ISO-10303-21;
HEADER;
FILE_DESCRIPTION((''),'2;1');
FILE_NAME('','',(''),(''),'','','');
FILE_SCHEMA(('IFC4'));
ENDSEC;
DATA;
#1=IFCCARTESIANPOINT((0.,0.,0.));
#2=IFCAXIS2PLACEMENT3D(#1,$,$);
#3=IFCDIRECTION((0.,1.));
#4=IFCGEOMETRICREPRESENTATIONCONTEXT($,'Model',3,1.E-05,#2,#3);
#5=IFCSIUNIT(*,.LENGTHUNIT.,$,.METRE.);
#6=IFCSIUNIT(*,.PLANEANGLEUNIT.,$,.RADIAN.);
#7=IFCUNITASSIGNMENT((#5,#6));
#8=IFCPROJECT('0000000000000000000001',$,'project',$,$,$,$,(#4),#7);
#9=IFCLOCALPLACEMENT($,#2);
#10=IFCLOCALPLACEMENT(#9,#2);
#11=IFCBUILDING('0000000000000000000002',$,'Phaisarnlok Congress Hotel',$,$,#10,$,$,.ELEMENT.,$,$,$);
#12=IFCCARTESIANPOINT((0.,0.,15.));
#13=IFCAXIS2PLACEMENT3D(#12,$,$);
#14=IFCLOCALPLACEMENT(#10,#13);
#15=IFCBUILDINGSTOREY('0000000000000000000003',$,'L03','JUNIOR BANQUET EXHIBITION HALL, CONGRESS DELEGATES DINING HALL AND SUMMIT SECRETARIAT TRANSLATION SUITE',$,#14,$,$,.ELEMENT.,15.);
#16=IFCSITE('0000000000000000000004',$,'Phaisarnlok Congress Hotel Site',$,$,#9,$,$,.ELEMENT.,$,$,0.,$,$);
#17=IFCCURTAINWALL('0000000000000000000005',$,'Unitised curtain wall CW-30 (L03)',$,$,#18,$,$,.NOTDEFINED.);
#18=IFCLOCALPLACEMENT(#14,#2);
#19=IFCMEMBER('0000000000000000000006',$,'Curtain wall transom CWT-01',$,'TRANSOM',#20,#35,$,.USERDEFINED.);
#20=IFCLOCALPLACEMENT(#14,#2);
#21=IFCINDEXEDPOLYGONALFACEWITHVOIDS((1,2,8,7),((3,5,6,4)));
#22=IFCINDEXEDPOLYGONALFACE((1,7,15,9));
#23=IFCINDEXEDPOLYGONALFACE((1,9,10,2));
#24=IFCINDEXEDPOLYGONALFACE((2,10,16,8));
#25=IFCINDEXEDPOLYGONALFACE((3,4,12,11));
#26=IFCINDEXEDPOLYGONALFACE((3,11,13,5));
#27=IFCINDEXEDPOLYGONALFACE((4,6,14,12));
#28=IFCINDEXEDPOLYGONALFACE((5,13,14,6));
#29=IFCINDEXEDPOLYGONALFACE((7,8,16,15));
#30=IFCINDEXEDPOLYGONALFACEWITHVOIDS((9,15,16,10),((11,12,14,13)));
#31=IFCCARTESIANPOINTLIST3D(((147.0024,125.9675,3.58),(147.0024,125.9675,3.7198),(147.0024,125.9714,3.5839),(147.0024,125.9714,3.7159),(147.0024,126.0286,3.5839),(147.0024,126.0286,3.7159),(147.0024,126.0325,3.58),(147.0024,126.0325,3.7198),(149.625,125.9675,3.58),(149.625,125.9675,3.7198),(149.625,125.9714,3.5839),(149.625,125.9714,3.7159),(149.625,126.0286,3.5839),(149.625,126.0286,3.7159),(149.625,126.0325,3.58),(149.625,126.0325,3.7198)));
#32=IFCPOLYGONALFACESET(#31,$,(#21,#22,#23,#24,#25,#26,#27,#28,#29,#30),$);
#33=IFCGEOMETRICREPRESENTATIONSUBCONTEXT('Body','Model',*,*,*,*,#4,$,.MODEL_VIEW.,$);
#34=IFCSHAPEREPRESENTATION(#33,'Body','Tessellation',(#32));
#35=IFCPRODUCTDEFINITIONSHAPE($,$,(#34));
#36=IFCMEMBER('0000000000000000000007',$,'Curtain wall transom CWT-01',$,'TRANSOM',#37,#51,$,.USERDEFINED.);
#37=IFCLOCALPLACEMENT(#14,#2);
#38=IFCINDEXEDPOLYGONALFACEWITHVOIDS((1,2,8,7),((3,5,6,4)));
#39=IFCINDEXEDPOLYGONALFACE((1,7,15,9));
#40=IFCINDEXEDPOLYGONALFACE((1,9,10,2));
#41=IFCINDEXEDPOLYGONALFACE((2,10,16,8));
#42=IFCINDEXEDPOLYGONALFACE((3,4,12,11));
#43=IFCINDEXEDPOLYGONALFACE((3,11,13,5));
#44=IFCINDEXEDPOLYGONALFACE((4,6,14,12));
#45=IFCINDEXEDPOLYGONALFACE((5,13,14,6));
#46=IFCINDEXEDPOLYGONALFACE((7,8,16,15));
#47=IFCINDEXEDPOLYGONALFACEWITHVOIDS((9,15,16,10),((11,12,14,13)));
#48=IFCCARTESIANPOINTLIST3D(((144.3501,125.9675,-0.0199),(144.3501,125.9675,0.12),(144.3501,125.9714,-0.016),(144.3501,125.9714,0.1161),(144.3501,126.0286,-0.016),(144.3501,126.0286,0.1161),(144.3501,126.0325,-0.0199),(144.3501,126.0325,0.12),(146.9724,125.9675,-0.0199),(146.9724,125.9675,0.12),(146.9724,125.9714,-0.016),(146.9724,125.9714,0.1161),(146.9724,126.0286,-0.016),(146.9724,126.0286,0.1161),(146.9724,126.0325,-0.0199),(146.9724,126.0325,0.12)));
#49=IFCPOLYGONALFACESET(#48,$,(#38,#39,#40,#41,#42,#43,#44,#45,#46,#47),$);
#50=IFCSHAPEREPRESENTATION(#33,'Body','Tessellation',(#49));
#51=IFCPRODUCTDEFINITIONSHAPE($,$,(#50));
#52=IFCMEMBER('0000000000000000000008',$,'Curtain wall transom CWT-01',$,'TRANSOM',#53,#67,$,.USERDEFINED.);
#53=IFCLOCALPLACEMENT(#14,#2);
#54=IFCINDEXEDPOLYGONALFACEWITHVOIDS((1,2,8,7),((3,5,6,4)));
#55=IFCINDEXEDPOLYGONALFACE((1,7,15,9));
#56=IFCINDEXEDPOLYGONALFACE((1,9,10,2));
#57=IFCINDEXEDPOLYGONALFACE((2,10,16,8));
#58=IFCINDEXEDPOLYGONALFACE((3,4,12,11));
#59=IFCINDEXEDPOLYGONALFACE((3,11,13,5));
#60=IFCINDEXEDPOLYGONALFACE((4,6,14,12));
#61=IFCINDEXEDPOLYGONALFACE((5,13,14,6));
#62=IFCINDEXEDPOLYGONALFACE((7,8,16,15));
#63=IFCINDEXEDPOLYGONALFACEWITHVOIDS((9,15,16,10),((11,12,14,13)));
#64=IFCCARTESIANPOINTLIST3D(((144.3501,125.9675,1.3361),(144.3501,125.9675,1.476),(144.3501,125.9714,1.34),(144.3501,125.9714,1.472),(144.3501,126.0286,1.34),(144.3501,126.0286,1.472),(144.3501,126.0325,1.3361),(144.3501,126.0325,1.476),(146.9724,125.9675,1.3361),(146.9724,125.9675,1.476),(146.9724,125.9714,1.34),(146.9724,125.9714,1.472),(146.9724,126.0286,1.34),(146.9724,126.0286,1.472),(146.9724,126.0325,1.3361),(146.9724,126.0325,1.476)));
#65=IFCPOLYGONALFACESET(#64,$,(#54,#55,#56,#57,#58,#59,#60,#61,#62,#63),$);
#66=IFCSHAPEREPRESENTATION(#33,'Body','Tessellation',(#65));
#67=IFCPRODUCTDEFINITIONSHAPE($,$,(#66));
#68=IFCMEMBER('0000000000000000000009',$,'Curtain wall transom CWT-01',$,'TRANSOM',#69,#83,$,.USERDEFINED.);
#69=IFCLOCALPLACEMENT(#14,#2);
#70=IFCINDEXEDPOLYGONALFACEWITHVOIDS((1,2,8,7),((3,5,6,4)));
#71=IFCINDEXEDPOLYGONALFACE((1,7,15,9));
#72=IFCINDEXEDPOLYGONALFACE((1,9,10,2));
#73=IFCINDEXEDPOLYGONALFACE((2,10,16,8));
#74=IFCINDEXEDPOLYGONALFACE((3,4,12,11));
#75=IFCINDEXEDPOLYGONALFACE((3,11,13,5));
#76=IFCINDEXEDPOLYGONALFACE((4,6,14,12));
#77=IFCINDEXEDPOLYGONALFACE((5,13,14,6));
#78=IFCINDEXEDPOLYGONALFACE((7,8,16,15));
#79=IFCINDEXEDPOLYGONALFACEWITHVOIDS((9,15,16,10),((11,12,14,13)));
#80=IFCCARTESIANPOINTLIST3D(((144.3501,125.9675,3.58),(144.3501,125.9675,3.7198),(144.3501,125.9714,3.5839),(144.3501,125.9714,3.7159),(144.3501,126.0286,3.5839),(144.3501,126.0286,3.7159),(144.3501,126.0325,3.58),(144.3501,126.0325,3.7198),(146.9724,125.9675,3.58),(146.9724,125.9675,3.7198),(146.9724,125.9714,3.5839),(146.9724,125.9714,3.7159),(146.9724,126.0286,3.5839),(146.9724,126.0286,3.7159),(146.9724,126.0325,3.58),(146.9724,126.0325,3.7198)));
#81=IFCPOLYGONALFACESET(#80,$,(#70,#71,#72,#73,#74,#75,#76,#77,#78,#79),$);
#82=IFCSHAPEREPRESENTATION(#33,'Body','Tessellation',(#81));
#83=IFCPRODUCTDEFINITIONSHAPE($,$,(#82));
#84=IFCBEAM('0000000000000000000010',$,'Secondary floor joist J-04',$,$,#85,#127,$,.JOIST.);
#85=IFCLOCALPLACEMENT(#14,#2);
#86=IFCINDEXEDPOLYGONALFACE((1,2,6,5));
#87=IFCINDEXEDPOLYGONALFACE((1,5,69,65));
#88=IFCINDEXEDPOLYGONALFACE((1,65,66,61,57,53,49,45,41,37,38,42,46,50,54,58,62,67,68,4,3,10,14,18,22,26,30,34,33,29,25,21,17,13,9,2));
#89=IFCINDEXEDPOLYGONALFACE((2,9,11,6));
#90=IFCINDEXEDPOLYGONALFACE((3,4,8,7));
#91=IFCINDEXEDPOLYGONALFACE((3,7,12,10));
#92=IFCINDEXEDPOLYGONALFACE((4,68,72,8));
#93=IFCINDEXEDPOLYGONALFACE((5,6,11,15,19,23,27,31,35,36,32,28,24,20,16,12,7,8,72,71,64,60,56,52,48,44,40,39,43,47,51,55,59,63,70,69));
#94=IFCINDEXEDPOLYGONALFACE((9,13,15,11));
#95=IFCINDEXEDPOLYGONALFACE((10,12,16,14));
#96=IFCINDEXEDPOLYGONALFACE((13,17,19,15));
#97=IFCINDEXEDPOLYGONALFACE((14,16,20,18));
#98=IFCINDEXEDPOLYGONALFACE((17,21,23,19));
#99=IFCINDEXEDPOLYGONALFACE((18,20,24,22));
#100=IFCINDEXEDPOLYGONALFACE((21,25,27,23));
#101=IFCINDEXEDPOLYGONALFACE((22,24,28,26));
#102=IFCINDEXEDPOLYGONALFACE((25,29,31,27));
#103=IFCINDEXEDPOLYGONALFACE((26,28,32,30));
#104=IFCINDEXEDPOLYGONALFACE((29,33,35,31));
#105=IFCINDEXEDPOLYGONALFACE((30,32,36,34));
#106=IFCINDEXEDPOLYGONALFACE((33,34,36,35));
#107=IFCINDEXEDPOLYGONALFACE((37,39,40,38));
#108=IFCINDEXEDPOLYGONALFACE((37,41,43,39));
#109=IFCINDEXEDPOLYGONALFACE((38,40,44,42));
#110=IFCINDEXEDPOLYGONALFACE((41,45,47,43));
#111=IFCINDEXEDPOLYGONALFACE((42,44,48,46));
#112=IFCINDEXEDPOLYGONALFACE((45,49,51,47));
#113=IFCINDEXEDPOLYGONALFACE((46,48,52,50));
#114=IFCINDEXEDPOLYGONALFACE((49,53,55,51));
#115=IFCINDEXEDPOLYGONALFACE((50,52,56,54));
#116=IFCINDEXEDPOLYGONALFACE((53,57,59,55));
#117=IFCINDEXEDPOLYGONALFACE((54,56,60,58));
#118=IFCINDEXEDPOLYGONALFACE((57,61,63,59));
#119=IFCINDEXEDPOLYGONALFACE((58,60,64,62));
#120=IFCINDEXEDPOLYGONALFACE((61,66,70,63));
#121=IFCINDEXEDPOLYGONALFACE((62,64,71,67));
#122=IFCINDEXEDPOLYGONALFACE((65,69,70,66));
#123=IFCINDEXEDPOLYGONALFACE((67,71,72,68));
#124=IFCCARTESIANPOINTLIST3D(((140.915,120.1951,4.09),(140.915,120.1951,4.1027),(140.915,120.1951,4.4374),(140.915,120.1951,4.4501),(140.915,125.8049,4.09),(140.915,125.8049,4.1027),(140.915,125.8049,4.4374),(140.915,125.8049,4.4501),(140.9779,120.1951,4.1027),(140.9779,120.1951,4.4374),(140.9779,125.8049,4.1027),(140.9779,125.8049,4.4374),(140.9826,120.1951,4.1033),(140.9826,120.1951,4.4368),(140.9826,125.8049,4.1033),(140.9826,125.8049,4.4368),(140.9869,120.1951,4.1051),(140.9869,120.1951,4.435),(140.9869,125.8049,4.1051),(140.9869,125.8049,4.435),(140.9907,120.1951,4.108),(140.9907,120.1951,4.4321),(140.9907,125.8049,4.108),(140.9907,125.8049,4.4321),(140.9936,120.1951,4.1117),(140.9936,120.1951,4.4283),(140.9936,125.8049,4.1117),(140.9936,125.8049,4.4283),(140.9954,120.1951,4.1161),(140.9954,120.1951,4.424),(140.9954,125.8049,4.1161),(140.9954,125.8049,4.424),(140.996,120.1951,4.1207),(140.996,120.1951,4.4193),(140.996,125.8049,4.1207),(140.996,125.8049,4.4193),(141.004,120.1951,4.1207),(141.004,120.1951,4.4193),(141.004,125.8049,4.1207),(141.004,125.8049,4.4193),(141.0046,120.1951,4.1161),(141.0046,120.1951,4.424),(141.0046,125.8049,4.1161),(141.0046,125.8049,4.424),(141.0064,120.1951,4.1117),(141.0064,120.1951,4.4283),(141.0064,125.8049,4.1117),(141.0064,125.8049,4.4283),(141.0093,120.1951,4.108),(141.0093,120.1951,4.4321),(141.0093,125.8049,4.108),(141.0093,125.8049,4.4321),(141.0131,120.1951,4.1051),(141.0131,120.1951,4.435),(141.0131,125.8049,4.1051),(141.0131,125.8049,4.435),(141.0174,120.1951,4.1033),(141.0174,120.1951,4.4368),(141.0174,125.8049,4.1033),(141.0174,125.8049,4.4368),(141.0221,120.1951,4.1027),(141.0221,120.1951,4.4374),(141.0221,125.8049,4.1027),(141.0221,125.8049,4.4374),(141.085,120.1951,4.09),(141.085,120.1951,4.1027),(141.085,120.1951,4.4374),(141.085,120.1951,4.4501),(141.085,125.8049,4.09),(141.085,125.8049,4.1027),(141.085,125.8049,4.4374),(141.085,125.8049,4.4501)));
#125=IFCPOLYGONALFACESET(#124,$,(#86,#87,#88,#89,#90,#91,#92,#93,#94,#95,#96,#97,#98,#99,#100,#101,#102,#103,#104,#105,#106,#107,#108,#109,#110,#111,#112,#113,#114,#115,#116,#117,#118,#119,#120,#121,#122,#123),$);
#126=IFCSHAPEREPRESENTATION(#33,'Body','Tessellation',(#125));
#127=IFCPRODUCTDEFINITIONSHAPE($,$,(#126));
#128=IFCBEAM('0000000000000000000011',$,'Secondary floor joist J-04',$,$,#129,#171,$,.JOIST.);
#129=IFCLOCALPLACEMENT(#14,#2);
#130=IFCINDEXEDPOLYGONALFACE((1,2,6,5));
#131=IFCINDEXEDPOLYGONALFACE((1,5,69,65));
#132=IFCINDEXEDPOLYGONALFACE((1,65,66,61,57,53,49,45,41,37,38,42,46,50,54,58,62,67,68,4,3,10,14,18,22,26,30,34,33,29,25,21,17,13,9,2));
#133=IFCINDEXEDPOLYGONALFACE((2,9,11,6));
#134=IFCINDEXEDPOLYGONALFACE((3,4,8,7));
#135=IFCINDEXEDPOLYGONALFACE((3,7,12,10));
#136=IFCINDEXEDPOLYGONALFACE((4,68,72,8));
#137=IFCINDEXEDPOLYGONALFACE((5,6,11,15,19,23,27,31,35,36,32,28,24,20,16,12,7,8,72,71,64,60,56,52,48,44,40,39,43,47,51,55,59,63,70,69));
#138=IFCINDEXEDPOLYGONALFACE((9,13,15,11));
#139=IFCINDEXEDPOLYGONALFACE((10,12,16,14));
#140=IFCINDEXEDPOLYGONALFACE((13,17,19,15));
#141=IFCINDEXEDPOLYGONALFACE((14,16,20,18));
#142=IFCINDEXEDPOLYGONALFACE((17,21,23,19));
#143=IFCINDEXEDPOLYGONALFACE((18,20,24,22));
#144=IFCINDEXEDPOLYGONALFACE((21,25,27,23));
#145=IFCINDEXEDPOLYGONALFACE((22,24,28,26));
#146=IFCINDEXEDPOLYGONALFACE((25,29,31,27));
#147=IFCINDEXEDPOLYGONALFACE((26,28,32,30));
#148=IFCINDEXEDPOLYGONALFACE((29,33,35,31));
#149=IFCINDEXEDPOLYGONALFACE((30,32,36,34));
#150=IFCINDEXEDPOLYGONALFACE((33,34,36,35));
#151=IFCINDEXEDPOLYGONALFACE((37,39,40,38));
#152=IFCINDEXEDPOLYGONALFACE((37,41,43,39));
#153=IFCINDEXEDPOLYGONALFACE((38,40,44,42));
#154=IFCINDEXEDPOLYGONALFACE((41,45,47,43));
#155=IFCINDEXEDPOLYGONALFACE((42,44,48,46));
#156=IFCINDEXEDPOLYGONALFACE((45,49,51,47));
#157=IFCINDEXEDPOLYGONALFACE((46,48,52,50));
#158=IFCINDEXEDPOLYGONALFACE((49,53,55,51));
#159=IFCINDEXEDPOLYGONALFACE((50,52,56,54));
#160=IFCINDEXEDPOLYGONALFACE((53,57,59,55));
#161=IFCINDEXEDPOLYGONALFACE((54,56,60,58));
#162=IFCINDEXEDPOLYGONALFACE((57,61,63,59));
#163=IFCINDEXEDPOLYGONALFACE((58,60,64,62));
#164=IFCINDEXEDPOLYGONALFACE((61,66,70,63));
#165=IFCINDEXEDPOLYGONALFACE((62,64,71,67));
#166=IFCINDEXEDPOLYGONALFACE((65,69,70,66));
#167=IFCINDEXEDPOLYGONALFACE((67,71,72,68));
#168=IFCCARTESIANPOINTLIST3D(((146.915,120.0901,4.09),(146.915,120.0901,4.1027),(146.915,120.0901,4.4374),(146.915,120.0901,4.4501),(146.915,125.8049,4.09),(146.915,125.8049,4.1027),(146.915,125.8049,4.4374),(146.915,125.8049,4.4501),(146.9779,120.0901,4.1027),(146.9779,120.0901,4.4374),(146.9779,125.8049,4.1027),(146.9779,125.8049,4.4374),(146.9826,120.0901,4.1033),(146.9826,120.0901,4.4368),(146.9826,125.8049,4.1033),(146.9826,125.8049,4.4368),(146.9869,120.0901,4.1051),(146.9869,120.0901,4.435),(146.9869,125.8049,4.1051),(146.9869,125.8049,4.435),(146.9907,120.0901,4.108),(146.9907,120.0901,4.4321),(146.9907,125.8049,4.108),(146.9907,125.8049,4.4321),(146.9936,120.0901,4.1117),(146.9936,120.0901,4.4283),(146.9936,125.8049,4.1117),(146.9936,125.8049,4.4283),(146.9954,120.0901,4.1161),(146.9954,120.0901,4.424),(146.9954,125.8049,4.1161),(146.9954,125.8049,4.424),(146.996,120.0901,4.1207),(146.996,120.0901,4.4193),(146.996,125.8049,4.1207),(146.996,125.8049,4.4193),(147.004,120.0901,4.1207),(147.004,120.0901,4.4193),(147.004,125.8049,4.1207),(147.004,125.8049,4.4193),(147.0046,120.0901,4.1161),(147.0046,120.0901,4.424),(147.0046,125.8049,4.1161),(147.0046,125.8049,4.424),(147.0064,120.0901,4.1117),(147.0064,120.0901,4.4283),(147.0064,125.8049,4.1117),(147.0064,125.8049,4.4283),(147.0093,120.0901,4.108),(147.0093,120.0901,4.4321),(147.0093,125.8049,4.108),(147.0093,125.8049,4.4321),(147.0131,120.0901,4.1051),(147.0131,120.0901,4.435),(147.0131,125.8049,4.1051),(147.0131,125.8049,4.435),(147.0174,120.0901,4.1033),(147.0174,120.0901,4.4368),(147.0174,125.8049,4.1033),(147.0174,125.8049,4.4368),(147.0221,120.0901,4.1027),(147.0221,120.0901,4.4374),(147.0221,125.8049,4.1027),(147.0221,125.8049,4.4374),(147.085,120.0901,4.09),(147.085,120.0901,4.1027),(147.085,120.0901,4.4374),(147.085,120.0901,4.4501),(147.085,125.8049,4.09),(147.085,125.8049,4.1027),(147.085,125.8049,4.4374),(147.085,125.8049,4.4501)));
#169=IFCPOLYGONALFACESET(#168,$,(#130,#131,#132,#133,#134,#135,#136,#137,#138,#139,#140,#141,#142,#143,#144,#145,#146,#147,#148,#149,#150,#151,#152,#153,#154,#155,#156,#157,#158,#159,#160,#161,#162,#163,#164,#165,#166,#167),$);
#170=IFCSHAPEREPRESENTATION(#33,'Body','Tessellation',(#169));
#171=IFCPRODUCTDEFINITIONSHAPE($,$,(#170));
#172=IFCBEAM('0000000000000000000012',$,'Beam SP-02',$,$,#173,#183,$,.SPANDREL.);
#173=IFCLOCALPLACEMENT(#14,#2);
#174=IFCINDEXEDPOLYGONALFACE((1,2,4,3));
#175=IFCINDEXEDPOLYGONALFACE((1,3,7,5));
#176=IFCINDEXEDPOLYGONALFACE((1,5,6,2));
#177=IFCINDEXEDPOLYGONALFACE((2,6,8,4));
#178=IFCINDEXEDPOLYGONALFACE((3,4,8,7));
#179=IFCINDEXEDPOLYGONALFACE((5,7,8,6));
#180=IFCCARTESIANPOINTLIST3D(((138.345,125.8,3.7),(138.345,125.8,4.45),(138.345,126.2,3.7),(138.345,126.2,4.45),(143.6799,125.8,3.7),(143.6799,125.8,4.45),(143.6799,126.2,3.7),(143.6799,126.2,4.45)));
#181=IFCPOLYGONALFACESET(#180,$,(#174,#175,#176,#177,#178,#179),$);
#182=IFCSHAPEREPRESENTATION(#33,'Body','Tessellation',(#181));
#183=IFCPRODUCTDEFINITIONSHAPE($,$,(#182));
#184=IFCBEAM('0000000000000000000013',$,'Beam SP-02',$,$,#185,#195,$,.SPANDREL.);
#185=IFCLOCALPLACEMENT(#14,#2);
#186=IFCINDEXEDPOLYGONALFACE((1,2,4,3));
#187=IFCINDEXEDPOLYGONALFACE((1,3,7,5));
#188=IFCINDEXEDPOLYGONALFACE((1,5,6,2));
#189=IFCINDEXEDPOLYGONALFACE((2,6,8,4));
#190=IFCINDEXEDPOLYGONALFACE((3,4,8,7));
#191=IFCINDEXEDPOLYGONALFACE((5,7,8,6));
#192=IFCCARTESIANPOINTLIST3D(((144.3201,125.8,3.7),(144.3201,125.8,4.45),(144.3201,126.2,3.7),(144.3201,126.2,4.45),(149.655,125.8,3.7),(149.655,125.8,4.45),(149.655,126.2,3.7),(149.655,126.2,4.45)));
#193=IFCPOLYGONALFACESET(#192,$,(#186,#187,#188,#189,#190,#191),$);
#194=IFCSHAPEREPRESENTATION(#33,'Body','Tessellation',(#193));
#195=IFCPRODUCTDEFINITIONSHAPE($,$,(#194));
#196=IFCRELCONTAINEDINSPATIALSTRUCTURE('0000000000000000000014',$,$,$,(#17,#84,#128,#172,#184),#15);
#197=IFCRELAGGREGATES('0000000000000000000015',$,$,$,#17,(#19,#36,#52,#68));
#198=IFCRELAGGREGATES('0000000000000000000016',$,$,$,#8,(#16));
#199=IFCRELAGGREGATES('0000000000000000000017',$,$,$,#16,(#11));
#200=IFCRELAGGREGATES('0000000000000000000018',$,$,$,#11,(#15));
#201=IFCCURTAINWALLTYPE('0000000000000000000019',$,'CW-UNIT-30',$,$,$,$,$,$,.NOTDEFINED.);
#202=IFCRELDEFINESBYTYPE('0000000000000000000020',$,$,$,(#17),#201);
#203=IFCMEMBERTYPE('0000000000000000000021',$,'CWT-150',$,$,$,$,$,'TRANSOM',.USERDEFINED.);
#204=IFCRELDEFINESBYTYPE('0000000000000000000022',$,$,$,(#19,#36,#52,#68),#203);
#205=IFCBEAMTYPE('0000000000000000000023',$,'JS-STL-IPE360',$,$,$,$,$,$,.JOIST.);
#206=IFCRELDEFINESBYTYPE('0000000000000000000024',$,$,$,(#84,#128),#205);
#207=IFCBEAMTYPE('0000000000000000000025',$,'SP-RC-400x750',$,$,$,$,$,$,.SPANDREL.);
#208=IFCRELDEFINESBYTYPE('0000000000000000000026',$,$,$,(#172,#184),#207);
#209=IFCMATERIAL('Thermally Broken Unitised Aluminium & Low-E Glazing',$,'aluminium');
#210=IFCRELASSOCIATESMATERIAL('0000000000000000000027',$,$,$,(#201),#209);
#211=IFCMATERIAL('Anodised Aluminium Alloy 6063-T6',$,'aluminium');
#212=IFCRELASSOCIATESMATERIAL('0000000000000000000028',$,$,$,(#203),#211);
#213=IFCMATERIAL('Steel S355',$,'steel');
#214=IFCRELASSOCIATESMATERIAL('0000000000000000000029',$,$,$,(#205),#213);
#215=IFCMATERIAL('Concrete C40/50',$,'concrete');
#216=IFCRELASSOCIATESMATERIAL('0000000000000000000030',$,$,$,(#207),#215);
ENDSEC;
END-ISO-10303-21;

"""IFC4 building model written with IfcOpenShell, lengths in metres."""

from ifc_helpers import new_model, si_unit, direction, frame, origin, origin_2d, place, context, subcontext, project, spatial, rectangle, hollow_rectangle, i_section, extrude, material, material_profile, profile_set, type_object, element, aggregate, save


model = new_model("IFC4")

# Units and contexts
model_context = context("Model", 3, precision=1e-05, world=origin(), true_north=direction((0.0, 1.0)))
body_context = subcontext(model_context, "Body", "Model", "MODEL_VIEW")
ifc_project = project(units=[si_unit("LENGTHUNIT", "METRE"), si_unit("PLANEANGLEUNIT", "RADIAN")], contexts=[model_context])

# Site, building, storey
site_placement = place(None, origin())
site = spatial("IfcSite", under=ifc_project, at=site_placement, Name="Phaisarnlok Congress Hotel Site", CompositionType="ELEMENT", RefElevation=0.0)
building_placement = place(site_placement, origin())
building = spatial("IfcBuilding", under=site, at=building_placement, Name="Phaisarnlok Congress Hotel", CompositionType="ELEMENT")
storey_placement = place(building_placement, frame((0.0, 0.0, 15.0)))
storey = spatial("IfcBuildingStorey", under=building, at=storey_placement, Name="L03", Description="JUNIOR BANQUET EXHIBITION HALL, CONGRESS DELEGATES DINING HALL AND SUMMIT SECRETARIAT TRANSLATION SUITE", CompositionType="ELEMENT", Elevation=15.0)

# Shared definitions
ifc_material_1 = material(Name="Steel S355", Category="steel")

# Shared definitions
ifc_material_2 = material(Name="Concrete C40/50", Category="concrete")

# Curtain wall, members
ifc_material_3 = material(Name="Thermally Broken Unitised Aluminium & Low-E Glazing", Category="aluminium")
curtain_wall_type_1 = type_object("IfcCurtainWallType", Name="CW-UNIT-30", PredefinedType="NOTDEFINED", material=ifc_material_3)
curtain_wall_1_placement = place(storey_placement, origin())
curtain_wall_1 = element("IfcCurtainWall", 1, at=curtain_wall_1_placement, inside=storey, type_object=curtain_wall_type_1, Name="Unitised curtain wall CW-30 (L03)", PredefinedType="NOTDEFINED")
ifc_material_4 = material(Name="Anodised Aluminium Alloy 6063-T6", Category="aluminium")
ifc_material_profile_1 = material_profile(ifc_material_4, hollow_rectangle(XDim=0.0649, YDim=0.1399, WallThickness=0.0039, at=origin_2d()), Name="ALU-T 65x140x4")
ifc_profile_set_1 = profile_set([ifc_material_profile_1], Name="Anodised Aluminium Alloy 6063-T6")
member_type_1 = type_object("IfcMemberType", Name="CWT-150", ElementType="TRANSOM", PredefinedType="USERDEFINED", material=ifc_profile_set_1)
member_1_placement = place(storey_placement, frame((149.625, 126.0, 3.6499), z_axis=(-1.0, 0.0, 0.0), x_axis=(0.0, -1.0, 0.0)))
member_1 = element("IfcMember", 2, at=member_1_placement, type_object=member_type_1, Name="Curtain wall transom CWT-01", ObjectType="TRANSOM", PredefinedType="USERDEFINED", context=body_context, shape_type="SweptSolid", body=[
    extrude(hollow_rectangle(XDim=0.0649, YDim=0.1399, WallThickness=0.0039, at=origin_2d()), origin(), (0.0, 0.0, 1.0), 2.6226),
])
member_2_placement = place(storey_placement, frame((146.9724, 126.0, 0.05), z_axis=(-1.0, 0.0, 0.0), x_axis=(0.0, -1.0, 0.0)))
member_2 = element("IfcMember", 3, at=member_2_placement, type_object=member_type_1, Name="Curtain wall transom CWT-01", ObjectType="TRANSOM", PredefinedType="USERDEFINED", context=body_context, shape_type="SweptSolid", body=[
    extrude(hollow_rectangle(XDim=0.0649, YDim=0.1399, WallThickness=0.0039, at=origin_2d()), origin(), (0.0, 0.0, 1.0), 2.6223),
])
member_3_placement = place(storey_placement, frame((146.9724, 126.0, 1.406), z_axis=(-1.0, 0.0, 0.0), x_axis=(0.0, -1.0, 0.0)))
member_3 = element("IfcMember", 4, at=member_3_placement, type_object=member_type_1, Name="Curtain wall transom CWT-01", ObjectType="TRANSOM", PredefinedType="USERDEFINED", context=body_context, shape_type="SweptSolid", body=[
    extrude(hollow_rectangle(XDim=0.0649, YDim=0.1399, WallThickness=0.0039, at=origin_2d()), origin(), (0.0, 0.0, 1.0), 2.6223),
])
member_4_placement = place(storey_placement, frame((146.9724, 126.0, 3.6499), z_axis=(-1.0, 0.0, 0.0), x_axis=(0.0, -1.0, 0.0)))
member_4 = element("IfcMember", 5, at=member_4_placement, type_object=member_type_1, Name="Curtain wall transom CWT-01", ObjectType="TRANSOM", PredefinedType="USERDEFINED", context=body_context, shape_type="SweptSolid", body=[
    extrude(hollow_rectangle(XDim=0.0649, YDim=0.1399, WallThickness=0.0039, at=origin_2d()), origin(), (0.0, 0.0, 1.0), 2.6223),
])

# Beams
ifc_material_profile_2 = material_profile(ifc_material_1, i_section(OverallWidth=0.1699, OverallDepth=0.3601, WebThickness=0.0081, FlangeThickness=0.0127, FilletRadius=0.0181, at=origin_2d()), Name="IPE 360")
ifc_profile_set_2 = profile_set([ifc_material_profile_2], Name="Steel S355")
beam_type_1 = type_object("IfcBeamType", Name="JS-STL-IPE360", PredefinedType="JOIST", material=ifc_profile_set_2)
beam_1_placement = place(storey_placement, frame((141.0, 120.1951, 4.27), z_axis=(0.0, 1.0, 0.0), x_axis=(-1.0, 0.0, 0.0)))
element("IfcBeam", 6, at=beam_1_placement, inside=storey, type_object=beam_type_1, Name="Secondary floor joist J-04", PredefinedType="JOIST", context=body_context, shape_type="SweptSolid", body=[
    extrude(i_section(OverallWidth=0.1699, OverallDepth=0.3601, WebThickness=0.0081, FlangeThickness=0.0127, FilletRadius=0.0181, at=origin_2d()), origin(), (0.0, 0.0, 1.0), 5.6099),
])
beam_2_placement = place(storey_placement, frame((147.0, 120.0901, 4.27), z_axis=(0.0, 1.0, 0.0), x_axis=(-1.0, 0.0, 0.0)))
element("IfcBeam", 7, at=beam_2_placement, inside=storey, type_object=beam_type_1, Name="Secondary floor joist J-04", PredefinedType="JOIST", context=body_context, shape_type="SweptSolid", body=[
    extrude(i_section(OverallWidth=0.1699, OverallDepth=0.3601, WebThickness=0.0081, FlangeThickness=0.0127, FilletRadius=0.0181, at=origin_2d()), origin(), (0.0, 0.0, 1.0), 5.7148),
])
ifc_material_profile_3 = material_profile(ifc_material_2, rectangle(XDim=0.3999, YDim=0.75, at=origin_2d()), Name="RC 400x750")
ifc_profile_set_3 = profile_set([ifc_material_profile_3], Name="Concrete C40/50")
beam_type_2 = type_object("IfcBeamType", Name="SP-RC-400x750", PredefinedType="SPANDREL", material=ifc_profile_set_3)
for number, where, z_axis, x_axis, name in (
    (8, (138.345, 126.0, 4.075), (1.0, 0.0, 0.0), (0.0, 1.0, 0.0), "Beam SP-02"),
    (9, (144.3201, 126.0, 4.075), (1.0, 0.0, 0.0), (0.0, 1.0, 0.0), "Beam SP-02"),
):
    element("IfcBeam", number, at=place(storey_placement, frame(where, z_axis=z_axis, x_axis=x_axis)), inside=storey, type_object=beam_type_2, Name=name, PredefinedType="SPANDREL", context=body_context, shape_type="SweptSolid", body=[
        extrude(rectangle(XDim=0.3999, YDim=0.75, at=origin_2d()), origin(), (0.0, 0.0, 1.0), 5.335),
    ])

aggregate(curtain_wall_1, [member_1, member_2, member_3, member_4])

save(model, "model.ifc")
